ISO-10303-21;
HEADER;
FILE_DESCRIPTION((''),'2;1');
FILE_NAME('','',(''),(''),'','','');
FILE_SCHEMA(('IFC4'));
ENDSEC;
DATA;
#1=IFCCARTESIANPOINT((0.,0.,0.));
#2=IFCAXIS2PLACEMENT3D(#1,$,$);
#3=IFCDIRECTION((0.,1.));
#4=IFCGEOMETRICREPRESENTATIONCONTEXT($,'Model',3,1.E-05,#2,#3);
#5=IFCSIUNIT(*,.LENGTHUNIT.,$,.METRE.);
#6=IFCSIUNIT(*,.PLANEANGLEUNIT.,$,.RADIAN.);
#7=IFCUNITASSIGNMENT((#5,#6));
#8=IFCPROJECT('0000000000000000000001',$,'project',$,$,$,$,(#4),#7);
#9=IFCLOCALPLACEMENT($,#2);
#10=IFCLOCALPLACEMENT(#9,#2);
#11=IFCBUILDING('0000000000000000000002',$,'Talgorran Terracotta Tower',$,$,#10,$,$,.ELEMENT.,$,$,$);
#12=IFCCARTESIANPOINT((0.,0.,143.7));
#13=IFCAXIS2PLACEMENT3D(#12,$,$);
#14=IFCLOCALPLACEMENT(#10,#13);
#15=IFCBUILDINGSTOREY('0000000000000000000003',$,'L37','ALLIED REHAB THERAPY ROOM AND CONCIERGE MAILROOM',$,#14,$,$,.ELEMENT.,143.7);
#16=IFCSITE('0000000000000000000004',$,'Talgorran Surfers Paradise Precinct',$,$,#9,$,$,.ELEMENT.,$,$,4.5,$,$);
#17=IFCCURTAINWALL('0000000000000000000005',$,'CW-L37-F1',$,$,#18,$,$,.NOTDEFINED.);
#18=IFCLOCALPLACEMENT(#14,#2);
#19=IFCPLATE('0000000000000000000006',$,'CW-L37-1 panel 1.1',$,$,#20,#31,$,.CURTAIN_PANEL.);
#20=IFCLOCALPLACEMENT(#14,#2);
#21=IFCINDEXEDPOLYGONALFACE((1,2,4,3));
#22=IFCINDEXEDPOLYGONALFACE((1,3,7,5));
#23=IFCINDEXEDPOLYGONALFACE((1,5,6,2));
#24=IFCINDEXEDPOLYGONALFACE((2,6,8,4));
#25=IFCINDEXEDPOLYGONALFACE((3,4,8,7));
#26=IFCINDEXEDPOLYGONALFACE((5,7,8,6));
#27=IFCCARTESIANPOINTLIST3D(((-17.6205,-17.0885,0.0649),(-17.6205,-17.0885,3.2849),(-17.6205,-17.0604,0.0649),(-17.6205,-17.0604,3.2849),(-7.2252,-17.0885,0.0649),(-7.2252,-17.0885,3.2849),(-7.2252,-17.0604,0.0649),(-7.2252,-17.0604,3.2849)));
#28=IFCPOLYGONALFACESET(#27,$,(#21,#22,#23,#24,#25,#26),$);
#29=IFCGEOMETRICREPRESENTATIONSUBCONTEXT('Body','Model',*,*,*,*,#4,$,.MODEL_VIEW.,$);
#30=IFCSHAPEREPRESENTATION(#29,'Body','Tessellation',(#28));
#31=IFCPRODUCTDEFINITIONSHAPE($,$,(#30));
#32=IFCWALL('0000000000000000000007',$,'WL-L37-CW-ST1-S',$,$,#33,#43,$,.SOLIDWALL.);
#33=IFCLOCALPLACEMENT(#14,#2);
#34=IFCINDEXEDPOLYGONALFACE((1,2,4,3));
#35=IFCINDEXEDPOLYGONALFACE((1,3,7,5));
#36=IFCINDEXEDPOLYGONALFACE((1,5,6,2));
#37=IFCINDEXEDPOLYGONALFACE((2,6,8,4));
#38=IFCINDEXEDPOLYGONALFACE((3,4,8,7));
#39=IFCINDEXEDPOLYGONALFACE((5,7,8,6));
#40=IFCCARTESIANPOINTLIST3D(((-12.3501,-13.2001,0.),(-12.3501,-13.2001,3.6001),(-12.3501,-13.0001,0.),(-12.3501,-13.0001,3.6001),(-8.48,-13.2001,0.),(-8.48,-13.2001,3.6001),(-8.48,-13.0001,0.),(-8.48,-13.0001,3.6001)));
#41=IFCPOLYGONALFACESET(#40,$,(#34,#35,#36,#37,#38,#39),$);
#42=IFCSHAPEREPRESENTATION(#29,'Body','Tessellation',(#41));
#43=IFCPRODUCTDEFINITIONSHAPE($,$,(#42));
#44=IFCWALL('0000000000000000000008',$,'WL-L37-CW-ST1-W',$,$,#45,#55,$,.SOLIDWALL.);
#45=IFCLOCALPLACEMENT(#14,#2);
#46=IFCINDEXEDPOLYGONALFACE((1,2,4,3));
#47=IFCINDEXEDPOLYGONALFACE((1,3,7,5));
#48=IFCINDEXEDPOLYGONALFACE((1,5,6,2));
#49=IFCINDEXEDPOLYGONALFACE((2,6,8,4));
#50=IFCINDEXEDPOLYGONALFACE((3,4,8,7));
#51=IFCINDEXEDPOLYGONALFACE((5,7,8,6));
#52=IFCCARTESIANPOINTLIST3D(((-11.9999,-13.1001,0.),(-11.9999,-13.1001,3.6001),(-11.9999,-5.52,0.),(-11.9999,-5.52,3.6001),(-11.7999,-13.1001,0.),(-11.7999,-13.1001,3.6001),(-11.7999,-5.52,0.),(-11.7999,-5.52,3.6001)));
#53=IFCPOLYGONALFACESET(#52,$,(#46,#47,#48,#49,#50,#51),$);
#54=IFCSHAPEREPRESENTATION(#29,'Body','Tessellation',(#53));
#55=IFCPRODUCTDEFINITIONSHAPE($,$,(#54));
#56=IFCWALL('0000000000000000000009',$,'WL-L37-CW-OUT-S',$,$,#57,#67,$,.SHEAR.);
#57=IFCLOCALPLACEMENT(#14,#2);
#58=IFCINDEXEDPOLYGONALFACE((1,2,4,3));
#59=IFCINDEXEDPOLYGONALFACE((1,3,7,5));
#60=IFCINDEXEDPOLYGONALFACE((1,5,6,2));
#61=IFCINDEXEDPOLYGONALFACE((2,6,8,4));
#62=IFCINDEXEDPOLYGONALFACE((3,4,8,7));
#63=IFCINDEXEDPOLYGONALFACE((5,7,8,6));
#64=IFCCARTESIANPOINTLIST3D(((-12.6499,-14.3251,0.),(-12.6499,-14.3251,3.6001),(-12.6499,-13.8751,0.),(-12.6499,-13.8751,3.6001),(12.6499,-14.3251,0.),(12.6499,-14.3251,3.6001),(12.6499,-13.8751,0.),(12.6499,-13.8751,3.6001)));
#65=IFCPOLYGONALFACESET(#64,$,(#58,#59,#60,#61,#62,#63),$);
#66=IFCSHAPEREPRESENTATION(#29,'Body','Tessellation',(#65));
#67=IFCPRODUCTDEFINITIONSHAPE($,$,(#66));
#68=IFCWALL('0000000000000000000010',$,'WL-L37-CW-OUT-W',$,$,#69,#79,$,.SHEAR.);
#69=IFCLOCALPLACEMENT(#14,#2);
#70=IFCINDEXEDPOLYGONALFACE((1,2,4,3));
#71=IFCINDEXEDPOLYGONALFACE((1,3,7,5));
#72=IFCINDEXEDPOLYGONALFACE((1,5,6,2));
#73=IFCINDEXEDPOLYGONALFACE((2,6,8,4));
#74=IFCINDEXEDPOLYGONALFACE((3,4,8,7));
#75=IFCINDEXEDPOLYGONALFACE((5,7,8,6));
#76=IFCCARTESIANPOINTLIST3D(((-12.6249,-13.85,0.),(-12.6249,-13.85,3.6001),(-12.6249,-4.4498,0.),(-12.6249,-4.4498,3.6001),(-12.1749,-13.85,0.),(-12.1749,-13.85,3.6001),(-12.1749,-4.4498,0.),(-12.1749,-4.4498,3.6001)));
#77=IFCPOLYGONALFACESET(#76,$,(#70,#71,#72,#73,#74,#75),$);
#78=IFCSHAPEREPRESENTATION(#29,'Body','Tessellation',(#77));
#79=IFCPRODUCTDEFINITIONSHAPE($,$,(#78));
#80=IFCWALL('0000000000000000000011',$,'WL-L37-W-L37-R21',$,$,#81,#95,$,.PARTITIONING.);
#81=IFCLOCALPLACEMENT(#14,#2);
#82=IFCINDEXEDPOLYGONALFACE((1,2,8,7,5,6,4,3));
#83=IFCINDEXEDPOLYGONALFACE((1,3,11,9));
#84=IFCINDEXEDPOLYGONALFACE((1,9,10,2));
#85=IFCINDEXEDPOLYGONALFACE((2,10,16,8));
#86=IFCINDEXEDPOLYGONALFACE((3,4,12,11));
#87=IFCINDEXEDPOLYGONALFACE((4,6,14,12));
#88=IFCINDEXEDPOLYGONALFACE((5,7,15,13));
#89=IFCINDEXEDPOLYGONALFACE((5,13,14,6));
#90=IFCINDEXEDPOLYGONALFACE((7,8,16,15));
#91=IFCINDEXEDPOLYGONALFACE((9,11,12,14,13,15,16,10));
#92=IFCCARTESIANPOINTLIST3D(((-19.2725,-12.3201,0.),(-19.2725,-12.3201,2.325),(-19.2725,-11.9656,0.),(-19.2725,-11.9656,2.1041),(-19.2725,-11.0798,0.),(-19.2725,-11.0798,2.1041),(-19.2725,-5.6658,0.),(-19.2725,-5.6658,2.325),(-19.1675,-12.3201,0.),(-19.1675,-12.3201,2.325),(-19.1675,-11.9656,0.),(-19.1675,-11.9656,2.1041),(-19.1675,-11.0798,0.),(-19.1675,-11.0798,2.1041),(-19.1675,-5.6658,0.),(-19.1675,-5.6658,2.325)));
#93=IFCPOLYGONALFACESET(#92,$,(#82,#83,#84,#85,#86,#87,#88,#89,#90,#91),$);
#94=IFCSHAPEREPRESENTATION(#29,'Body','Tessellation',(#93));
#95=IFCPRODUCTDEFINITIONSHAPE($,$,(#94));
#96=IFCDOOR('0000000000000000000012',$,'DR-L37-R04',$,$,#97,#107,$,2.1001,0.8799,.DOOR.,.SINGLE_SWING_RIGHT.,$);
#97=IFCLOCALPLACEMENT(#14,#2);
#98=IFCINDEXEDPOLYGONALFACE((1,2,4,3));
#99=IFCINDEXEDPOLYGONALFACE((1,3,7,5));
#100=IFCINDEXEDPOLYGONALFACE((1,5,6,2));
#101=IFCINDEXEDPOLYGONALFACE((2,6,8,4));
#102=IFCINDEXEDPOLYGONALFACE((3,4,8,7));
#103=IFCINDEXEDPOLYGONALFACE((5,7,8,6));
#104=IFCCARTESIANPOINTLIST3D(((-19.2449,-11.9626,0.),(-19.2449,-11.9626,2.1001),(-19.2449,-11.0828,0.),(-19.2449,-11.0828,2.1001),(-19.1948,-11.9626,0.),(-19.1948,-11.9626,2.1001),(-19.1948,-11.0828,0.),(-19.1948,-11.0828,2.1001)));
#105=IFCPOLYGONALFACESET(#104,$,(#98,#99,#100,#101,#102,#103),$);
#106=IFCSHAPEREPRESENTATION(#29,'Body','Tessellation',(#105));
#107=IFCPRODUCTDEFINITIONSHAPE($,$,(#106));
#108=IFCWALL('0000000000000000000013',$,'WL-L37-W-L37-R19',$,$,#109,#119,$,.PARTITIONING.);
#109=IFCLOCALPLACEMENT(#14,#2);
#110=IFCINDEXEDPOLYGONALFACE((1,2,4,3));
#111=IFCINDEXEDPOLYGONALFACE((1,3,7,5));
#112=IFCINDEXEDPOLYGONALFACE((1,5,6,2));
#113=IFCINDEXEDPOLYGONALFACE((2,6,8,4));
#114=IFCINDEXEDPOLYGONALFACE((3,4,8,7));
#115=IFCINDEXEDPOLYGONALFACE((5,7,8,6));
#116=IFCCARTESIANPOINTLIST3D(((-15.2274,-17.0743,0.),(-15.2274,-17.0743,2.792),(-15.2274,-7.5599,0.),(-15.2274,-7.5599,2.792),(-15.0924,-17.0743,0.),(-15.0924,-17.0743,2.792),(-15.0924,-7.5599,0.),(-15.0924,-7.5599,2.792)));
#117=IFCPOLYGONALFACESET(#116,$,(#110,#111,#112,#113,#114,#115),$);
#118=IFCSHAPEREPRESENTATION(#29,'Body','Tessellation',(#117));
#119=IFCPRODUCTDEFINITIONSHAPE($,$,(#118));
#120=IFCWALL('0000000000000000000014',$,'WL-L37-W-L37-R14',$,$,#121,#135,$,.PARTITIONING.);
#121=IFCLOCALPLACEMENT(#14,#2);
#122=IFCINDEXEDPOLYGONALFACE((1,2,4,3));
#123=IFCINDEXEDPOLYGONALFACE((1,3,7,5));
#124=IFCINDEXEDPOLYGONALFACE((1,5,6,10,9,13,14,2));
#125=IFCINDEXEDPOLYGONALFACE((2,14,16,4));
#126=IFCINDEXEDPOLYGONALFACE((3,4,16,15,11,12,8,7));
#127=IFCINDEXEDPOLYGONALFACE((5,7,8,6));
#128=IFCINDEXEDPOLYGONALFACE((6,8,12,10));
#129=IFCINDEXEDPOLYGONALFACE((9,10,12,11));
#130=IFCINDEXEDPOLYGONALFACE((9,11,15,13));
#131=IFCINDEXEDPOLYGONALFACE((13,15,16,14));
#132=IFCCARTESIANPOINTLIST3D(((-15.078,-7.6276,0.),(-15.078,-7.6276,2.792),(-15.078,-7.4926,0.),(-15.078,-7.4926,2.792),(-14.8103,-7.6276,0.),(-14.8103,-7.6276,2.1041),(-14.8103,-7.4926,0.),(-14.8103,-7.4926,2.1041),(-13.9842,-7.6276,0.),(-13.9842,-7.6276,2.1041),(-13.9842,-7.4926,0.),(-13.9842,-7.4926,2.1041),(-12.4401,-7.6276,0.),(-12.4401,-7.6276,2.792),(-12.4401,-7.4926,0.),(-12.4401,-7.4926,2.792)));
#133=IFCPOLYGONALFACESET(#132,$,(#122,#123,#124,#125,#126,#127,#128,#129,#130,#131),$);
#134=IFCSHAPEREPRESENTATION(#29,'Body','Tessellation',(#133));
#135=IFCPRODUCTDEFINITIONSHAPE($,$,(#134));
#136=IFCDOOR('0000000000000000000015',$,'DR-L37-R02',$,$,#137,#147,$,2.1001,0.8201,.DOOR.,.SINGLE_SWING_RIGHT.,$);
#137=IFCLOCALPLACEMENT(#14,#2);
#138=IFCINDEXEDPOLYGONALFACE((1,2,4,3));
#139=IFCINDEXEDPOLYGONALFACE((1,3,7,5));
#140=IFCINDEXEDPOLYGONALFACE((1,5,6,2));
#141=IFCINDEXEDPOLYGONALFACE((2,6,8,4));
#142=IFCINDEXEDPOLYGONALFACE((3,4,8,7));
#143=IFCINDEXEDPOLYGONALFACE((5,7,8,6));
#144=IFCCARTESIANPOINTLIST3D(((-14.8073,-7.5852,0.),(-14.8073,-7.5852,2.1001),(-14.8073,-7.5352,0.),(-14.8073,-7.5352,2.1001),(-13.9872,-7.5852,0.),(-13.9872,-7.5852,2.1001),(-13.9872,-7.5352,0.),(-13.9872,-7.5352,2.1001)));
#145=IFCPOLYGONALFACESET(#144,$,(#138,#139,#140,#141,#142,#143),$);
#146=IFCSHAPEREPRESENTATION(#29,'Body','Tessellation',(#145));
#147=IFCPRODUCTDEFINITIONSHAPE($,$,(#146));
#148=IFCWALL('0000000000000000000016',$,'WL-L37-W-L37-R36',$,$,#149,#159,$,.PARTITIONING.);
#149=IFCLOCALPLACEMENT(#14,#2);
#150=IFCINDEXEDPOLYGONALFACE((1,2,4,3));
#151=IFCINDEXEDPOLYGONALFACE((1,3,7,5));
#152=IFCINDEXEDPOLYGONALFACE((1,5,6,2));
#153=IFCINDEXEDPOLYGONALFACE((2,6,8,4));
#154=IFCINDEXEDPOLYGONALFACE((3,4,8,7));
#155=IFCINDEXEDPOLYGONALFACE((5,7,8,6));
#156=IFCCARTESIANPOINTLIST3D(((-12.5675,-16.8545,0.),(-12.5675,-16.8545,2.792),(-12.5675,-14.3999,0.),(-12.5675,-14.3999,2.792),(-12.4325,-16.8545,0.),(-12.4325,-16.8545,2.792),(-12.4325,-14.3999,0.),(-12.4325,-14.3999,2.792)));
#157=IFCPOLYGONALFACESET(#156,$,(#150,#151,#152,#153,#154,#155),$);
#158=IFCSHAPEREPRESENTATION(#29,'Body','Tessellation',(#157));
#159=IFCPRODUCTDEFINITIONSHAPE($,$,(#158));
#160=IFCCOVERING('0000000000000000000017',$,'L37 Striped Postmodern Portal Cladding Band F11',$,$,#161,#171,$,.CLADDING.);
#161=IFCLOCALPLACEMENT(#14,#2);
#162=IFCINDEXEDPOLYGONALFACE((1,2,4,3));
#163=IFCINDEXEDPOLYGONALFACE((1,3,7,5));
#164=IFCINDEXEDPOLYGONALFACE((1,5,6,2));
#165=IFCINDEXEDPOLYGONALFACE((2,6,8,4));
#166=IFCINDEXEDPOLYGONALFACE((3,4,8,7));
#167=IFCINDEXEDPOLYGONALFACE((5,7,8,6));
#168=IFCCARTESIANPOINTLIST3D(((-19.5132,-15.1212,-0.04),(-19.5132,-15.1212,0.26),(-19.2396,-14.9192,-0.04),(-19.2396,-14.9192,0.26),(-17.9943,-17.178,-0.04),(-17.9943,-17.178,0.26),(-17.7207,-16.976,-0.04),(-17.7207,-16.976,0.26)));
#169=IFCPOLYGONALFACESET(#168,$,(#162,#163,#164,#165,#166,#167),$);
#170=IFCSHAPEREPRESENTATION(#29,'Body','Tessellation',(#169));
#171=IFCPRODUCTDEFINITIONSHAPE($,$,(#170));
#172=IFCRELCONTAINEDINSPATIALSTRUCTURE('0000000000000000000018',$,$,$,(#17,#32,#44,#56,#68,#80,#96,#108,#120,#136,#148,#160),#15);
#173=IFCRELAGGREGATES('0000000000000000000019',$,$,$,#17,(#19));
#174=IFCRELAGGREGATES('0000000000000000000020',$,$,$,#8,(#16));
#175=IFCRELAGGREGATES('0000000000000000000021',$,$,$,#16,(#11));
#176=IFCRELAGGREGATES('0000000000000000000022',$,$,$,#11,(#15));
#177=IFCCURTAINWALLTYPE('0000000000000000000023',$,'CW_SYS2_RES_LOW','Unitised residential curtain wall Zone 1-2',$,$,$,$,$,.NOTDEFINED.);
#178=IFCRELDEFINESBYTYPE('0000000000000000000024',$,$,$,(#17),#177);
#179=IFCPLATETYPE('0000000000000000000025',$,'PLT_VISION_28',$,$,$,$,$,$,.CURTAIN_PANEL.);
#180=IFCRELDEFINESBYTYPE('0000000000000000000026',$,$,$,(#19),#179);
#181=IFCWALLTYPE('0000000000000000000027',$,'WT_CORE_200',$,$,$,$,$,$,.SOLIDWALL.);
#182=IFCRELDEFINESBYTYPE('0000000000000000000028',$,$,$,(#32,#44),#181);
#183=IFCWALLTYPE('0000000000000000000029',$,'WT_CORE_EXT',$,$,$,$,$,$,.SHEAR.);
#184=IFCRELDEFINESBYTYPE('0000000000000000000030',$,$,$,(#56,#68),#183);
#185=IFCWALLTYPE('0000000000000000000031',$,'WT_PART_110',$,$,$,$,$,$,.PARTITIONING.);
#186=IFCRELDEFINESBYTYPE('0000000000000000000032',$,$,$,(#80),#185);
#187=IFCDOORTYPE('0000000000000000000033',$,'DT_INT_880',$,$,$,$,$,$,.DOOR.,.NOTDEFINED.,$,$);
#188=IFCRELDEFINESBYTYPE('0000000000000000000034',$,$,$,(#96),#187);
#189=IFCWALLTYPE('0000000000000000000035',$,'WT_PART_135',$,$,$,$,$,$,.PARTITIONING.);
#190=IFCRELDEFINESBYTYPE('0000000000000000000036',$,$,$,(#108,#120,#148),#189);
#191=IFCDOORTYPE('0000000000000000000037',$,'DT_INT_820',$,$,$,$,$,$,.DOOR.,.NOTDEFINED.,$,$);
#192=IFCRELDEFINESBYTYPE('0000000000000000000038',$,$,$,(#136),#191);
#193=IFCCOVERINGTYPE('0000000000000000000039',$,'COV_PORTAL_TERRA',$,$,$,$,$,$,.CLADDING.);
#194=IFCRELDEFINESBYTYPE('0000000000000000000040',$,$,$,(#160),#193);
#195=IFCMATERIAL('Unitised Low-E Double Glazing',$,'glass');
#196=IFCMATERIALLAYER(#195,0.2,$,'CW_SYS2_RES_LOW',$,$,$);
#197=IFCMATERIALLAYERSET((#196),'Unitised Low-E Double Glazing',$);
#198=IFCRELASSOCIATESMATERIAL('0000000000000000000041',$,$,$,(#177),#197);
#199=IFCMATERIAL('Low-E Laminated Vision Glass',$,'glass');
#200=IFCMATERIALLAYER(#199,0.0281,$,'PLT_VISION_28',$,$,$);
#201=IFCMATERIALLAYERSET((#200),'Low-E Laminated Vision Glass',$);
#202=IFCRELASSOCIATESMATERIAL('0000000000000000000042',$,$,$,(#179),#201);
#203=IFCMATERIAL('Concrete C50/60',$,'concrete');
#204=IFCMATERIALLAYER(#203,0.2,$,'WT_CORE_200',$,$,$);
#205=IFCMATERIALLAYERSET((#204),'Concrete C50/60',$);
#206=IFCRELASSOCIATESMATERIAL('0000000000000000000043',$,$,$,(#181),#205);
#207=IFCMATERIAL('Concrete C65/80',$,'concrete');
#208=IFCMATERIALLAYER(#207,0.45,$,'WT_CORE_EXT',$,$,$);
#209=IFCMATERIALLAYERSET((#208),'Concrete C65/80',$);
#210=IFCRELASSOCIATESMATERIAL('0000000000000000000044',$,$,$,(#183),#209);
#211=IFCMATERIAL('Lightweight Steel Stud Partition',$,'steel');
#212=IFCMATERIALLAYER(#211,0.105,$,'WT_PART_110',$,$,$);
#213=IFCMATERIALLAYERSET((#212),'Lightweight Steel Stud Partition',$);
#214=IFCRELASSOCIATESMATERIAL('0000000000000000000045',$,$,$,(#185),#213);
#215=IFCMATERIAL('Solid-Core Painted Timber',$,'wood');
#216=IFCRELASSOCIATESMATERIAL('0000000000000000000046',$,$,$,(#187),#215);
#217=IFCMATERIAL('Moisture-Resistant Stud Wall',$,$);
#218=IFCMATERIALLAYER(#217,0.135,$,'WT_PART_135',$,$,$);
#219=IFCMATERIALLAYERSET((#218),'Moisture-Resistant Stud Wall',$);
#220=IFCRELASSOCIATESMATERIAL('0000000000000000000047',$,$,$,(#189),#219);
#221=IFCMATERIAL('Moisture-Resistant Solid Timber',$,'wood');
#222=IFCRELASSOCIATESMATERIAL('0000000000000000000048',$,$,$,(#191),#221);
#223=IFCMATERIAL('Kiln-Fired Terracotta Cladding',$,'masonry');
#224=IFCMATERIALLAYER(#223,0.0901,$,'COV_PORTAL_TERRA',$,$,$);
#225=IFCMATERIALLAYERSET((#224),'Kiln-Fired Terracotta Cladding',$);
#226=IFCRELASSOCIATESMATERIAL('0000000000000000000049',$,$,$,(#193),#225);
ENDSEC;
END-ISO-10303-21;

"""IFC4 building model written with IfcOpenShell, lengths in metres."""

from ifc_helpers import new_model, si_unit, direction, frame, frame_2d, origin, origin_2d, place, context, subcontext, project, spatial, rectangle, extrude, source, transform, mapped, material, layer, layer_set, type_object, element, fill, aggregate, save


model = new_model("IFC4")

# Units and contexts
model_context = context("Model", 3, precision=1e-05, world=origin(), true_north=direction((0.0, 1.0)))
body_context = subcontext(model_context, "Body", "Model", "MODEL_VIEW")
ifc_project = project(units=[si_unit("LENGTHUNIT", "METRE"), si_unit("PLANEANGLEUNIT", "RADIAN")], contexts=[model_context])

# Site, building, storey
site_placement = place(None, origin())
site = spatial("IfcSite", under=ifc_project, at=site_placement, Name="Talgorran Surfers Paradise Precinct", CompositionType="ELEMENT", RefElevation=4.5)
building_placement = place(site_placement, origin())
building = spatial("IfcBuilding", under=site, at=building_placement, Name="Talgorran Terracotta Tower", CompositionType="ELEMENT")
storey_placement = place(building_placement, frame((0.0, 0.0, 143.7)))
storey = spatial("IfcBuildingStorey", under=building, at=storey_placement, Name="L37", Description="ALLIED REHAB THERAPY ROOM AND CONCIERGE MAILROOM", CompositionType="ELEMENT", Elevation=143.7)

# Curtain wall
ifc_material_1 = material(Name="Unitised Low-E Double Glazing", Category="glass")
ifc_layer_1 = layer(ifc_material_1, 0.2, Name="CW_SYS2_RES_LOW")
ifc_layer_set_1 = layer_set([ifc_layer_1], Name="Unitised Low-E Double Glazing")
curtain_wall_type = type_object("IfcCurtainWallType", Name="CW_SYS2_RES_LOW", Description="Unitised residential curtain wall Zone 1-2", PredefinedType="NOTDEFINED", material=ifc_layer_set_1)
curtain_wall_1_placement = place(storey_placement, origin())
curtain_wall_1 = element("IfcCurtainWall", 1, at=curtain_wall_1_placement, inside=storey, type_object=curtain_wall_type, Name="CW-L37-F1", PredefinedType="NOTDEFINED")

# Plate
ifc_material_2 = material(Name="Low-E Laminated Vision Glass", Category="glass")
ifc_layer_2 = layer(ifc_material_2, 0.0281, Name="PLT_VISION_28")
ifc_layer_set_2 = layer_set([ifc_layer_2], Name="Low-E Laminated Vision Glass")
plate_type = type_object("IfcPlateType", Name="PLT_VISION_28", PredefinedType="CURTAIN_PANEL", material=ifc_layer_set_2)
shared_shape_1 = source(origin(), body_context, "Body", "SweptSolid", [
    extrude(rectangle(XDim=10.3953, YDim=0.0281, at=origin_2d()), origin(), (0.0, 0.0, 1.0), 3.22),
])
plate_1_placement = place(storey_placement, frame((-12.4229, -17.0745, 0.0649), z_axis=(0.0, 0.0, 1.0), x_axis=(1.0, 0.0, 0.0)))
plate_1 = element("IfcPlate", 2, at=plate_1_placement, type_object=plate_type, Name="CW-L37-1 panel 1.1", PredefinedType="CURTAIN_PANEL", context=body_context, shape_type="MappedRepresentation", body=[
    mapped(shared_shape_1, transform((0.0, 0.0, 0.0), scale=1.0)),
])
aggregate(curtain_wall_1, [plate_1])

# Walls
ifc_material_3 = material(Name="Concrete C50/60", Category="concrete")
ifc_layer_3 = layer(ifc_material_3, 0.2, Name="WT_CORE_200")
ifc_layer_set_3 = layer_set([ifc_layer_3], Name="Concrete C50/60")
wall_type_1 = type_object("IfcWallType", Name="WT_CORE_200", PredefinedType="SOLIDWALL", material=ifc_layer_set_3)
wall_1_placement = place(storey_placement, frame((-12.3501, -13.1001, 0.0), z_axis=(0.0, 0.0, 1.0), x_axis=(1.0, 0.0, 0.0)))
element("IfcWall", 3, at=wall_1_placement, inside=storey, type_object=wall_type_1, Name="WL-L37-CW-ST1-S", PredefinedType="SOLIDWALL", context=body_context, shape_type="SweptSolid", body=[
    extrude(rectangle(XDim=3.8701, YDim=0.2, at=frame_2d((1.9351, 0.0))), origin(), (0.0, 0.0, 1.0), 3.6001),
])
wall_2_placement = place(storey_placement, frame((-11.8999, -13.1001, 0.0), z_axis=(0.0, 0.0, 1.0), x_axis=(0.0, 1.0, 0.0)))
element("IfcWall", 4, at=wall_2_placement, inside=storey, type_object=wall_type_1, Name="WL-L37-CW-ST1-W", PredefinedType="SOLIDWALL", context=body_context, shape_type="SweptSolid", body=[
    extrude(rectangle(XDim=7.5801, YDim=0.2, at=frame_2d((3.79, 0.0))), origin(), (0.0, 0.0, 1.0), 3.6001),
])
ifc_material_4 = material(Name="Concrete C65/80", Category="concrete")
ifc_layer_4 = layer(ifc_material_4, 0.45, Name="WT_CORE_EXT")
ifc_layer_set_4 = layer_set([ifc_layer_4], Name="Concrete C65/80")
wall_type_2 = type_object("IfcWallType", Name="WT_CORE_EXT", PredefinedType="SHEAR", material=ifc_layer_set_4)
wall_3_placement = place(storey_placement, frame((-12.6499, -14.1001, 0.0), z_axis=(0.0, 0.0, 1.0), x_axis=(1.0, 0.0, 0.0)))
element("IfcWall", 5, at=wall_3_placement, inside=storey, type_object=wall_type_2, Name="WL-L37-CW-OUT-S", PredefinedType="SHEAR", context=body_context, shape_type="SweptSolid", body=[
    extrude(rectangle(XDim=25.2998, YDim=0.45, at=frame_2d((12.6499, 0.0))), origin(), (0.0, 0.0, 1.0), 3.6001),
])
wall_4_placement = place(storey_placement, frame((-12.3999, -13.8501, 0.0), z_axis=(0.0, 0.0, 1.0), x_axis=(0.0, 1.0, 0.0)))
element("IfcWall", 6, at=wall_4_placement, inside=storey, type_object=wall_type_2, Name="WL-L37-CW-OUT-W", PredefinedType="SHEAR", context=body_context, shape_type="SweptSolid", body=[
    extrude(rectangle(XDim=9.4001, YDim=0.45, at=frame_2d((4.7002, 0.0))), origin(), (0.0, 0.0, 1.0), 3.6001),
])

# Wall, opening, door
ifc_material_5 = material(Name="Lightweight Steel Stud Partition", Category="steel")
ifc_layer_5 = layer(ifc_material_5, 0.105, Name="WT_PART_110")
ifc_layer_set_5 = layer_set([ifc_layer_5], Name="Lightweight Steel Stud Partition")
wall_type_3 = type_object("IfcWallType", Name="WT_PART_110", PredefinedType="PARTITIONING", material=ifc_layer_set_5)
wall_5_placement = place(storey_placement, frame((-19.22, -12.3201, 0.0), z_axis=(0.0, 0.0, 1.0), x_axis=(0.0, 1.0, 0.0)))
wall_5 = element("IfcWall", 7, at=wall_5_placement, inside=storey, type_object=wall_type_3, Name="WL-L37-W-L37-R21", PredefinedType="PARTITIONING", context=body_context, shape_type="SweptSolid", body=[
    extrude(rectangle(XDim=6.6543, YDim=0.105, at=frame_2d((3.3271, 0.0))), origin(), (0.0, 0.0, 1.0), 2.325),
])
opening_1_placement = place(wall_5_placement, frame((0.3574, 0.0, 0.0)))
opening_1 = element("IfcOpeningElement", 8, at=opening_1_placement, cuts=wall_5, PredefinedType="OPENING", context=body_context, shape_type="SweptSolid", body=[
    extrude(rectangle(XDim=0.8859, YDim=2.1041, at=frame_2d((0.4399, 1.052))), frame((0.0, 0.0625, 0.0), z_axis=(0.0, -1.0, 0.0), x_axis=(1.0, 0.0, 0.0)), (0.0, 0.0, 1.0), 0.125),
])
ifc_material_6 = material(Name="Solid-Core Painted Timber", Category="wood")
door_type_1 = type_object("IfcDoorType", Name="DT_INT_880", OperationType="NOTDEFINED", PredefinedType="DOOR", material=ifc_material_6)
door_1_placement = place(opening_1_placement, origin())
door_1 = element("IfcDoor", 9, at=door_1_placement, inside=storey, type_object=door_type_1, Name="DR-L37-R04", OperationType="SINGLE_SWING_RIGHT", OverallHeight=2.1001, OverallWidth=0.8799, PredefinedType="DOOR", context=body_context, shape_type="SweptSolid", body=[
    extrude(rectangle(XDim=0.8799, YDim=2.1001, at=frame_2d((0.4399, 1.05))), frame((0.0, 0.0249, 0.0), z_axis=(0.0, -1.0, 0.0), x_axis=(1.0, 0.0, 0.0)), (0.0, 0.0, 1.0), 0.05),
])
fill(opening_1, door_1)

# Wall
ifc_material_7 = material(Name="Moisture-Resistant Stud Wall")
ifc_layer_6 = layer(ifc_material_7, 0.135, Name="WT_PART_135")
ifc_layer_set_6 = layer_set([ifc_layer_6], Name="Moisture-Resistant Stud Wall")
wall_type_4 = type_object("IfcWallType", Name="WT_PART_135", PredefinedType="PARTITIONING", material=ifc_layer_set_6)
wall_6_placement = place(storey_placement, frame((-15.1599, -17.0745, 0.0), z_axis=(0.0, 0.0, 1.0), x_axis=(0.0, 1.0, 0.0)))
element("IfcWall", 10, at=wall_6_placement, inside=storey, type_object=wall_type_4, Name="WL-L37-W-L37-R19", PredefinedType="PARTITIONING", context=body_context, shape_type="SweptSolid", body=[
    extrude(rectangle(XDim=9.5144, YDim=0.135, at=frame_2d((4.7573, 0.0))), origin(), (0.0, 0.0, 1.0), 2.792),
])

# Wall, opening, door
wall_7_placement = place(storey_placement, frame((-15.0779, -7.5601, 0.0), z_axis=(0.0, 0.0, 1.0), x_axis=(1.0, 0.0, 0.0)))
wall_7 = element("IfcWall", 11, at=wall_7_placement, inside=storey, type_object=wall_type_4, Name="WL-L37-W-L37-R14", PredefinedType="PARTITIONING", context=body_context, shape_type="SweptSolid", body=[
    extrude(rectangle(XDim=2.6379, YDim=0.135, at=frame_2d((1.3188, 0.0))), origin(), (0.0, 0.0, 1.0), 2.792),
])
opening_2_placement = place(wall_7_placement, frame((0.2705, 0.0, 0.0)))
opening_2 = element("IfcOpeningElement", 12, at=opening_2_placement, cuts=wall_7, PredefinedType="OPENING", context=body_context, shape_type="SweptSolid", body=[
    extrude(rectangle(XDim=0.8261, YDim=2.1041, at=frame_2d((0.4102, 1.052))), frame((0.0, 0.0776, 0.0), z_axis=(0.0, -1.0, 0.0), x_axis=(1.0, 0.0, 0.0)), (0.0, 0.0, 1.0), 0.155),
])
ifc_material_8 = material(Name="Moisture-Resistant Solid Timber", Category="wood")
door_type_2 = type_object("IfcDoorType", Name="DT_INT_820", OperationType="NOTDEFINED", PredefinedType="DOOR", material=ifc_material_8)
door_2_placement = place(opening_2_placement, origin())
door_2 = element("IfcDoor", 13, at=door_2_placement, inside=storey, type_object=door_type_2, Name="DR-L37-R02", OperationType="SINGLE_SWING_RIGHT", OverallHeight=2.1001, OverallWidth=0.8201, PredefinedType="DOOR", context=body_context, shape_type="SweptSolid", body=[
    extrude(rectangle(XDim=0.8201, YDim=2.1001, at=frame_2d((0.4102, 1.05))), frame((0.0, 0.0249, 0.0), z_axis=(0.0, -1.0, 0.0), x_axis=(1.0, 0.0, 0.0)), (0.0, 0.0, 1.0), 0.05),
])
fill(opening_2, door_2)

# Wall
wall_8_placement = place(storey_placement, frame((-12.5, -14.3999, 0.0), z_axis=(0.0, 0.0, 1.0), x_axis=(0.0, -1.0, 0.0)))
element("IfcWall", 14, at=wall_8_placement, inside=storey, type_object=wall_type_4, Name="WL-L37-W-L37-R36", PredefinedType="PARTITIONING", context=body_context, shape_type="SweptSolid", body=[
    extrude(rectangle(XDim=2.4546, YDim=0.135, at=frame_2d((1.2273, 0.0))), origin(), (0.0, 0.0, 1.0), 2.792),
])

# Covering
ifc_material_9 = material(Name="Kiln-Fired Terracotta Cladding", Category="masonry")
ifc_layer_7 = layer(ifc_material_9, 0.0901, Name="COV_PORTAL_TERRA")
ifc_layer_set_7 = layer_set([ifc_layer_7], Name="Kiln-Fired Terracotta Cladding")
covering_type = type_object("IfcCoveringType", Name="COV_PORTAL_TERRA", PredefinedType="CLADDING", material=ifc_layer_set_7)
covering_placement = place(storey_placement, frame((-18.6169, -16.0486, -0.04), z_axis=(0.0, 0.0, 1.0), x_axis=(0.594065, -0.804417, 0.0)))
element("IfcCovering", 15, at=covering_placement, inside=storey, type_object=covering_type, Name="L37 Striped Postmodern Portal Cladding Band F11", PredefinedType="CLADDING", context=body_context, shape_type="SweptSolid", body=[
    extrude(rectangle(XDim=2.5569, YDim=0.3401, at=origin_2d()), origin(), (0.0, 0.0, 1.0), 0.3),
])

save(model, "model.ifc")
